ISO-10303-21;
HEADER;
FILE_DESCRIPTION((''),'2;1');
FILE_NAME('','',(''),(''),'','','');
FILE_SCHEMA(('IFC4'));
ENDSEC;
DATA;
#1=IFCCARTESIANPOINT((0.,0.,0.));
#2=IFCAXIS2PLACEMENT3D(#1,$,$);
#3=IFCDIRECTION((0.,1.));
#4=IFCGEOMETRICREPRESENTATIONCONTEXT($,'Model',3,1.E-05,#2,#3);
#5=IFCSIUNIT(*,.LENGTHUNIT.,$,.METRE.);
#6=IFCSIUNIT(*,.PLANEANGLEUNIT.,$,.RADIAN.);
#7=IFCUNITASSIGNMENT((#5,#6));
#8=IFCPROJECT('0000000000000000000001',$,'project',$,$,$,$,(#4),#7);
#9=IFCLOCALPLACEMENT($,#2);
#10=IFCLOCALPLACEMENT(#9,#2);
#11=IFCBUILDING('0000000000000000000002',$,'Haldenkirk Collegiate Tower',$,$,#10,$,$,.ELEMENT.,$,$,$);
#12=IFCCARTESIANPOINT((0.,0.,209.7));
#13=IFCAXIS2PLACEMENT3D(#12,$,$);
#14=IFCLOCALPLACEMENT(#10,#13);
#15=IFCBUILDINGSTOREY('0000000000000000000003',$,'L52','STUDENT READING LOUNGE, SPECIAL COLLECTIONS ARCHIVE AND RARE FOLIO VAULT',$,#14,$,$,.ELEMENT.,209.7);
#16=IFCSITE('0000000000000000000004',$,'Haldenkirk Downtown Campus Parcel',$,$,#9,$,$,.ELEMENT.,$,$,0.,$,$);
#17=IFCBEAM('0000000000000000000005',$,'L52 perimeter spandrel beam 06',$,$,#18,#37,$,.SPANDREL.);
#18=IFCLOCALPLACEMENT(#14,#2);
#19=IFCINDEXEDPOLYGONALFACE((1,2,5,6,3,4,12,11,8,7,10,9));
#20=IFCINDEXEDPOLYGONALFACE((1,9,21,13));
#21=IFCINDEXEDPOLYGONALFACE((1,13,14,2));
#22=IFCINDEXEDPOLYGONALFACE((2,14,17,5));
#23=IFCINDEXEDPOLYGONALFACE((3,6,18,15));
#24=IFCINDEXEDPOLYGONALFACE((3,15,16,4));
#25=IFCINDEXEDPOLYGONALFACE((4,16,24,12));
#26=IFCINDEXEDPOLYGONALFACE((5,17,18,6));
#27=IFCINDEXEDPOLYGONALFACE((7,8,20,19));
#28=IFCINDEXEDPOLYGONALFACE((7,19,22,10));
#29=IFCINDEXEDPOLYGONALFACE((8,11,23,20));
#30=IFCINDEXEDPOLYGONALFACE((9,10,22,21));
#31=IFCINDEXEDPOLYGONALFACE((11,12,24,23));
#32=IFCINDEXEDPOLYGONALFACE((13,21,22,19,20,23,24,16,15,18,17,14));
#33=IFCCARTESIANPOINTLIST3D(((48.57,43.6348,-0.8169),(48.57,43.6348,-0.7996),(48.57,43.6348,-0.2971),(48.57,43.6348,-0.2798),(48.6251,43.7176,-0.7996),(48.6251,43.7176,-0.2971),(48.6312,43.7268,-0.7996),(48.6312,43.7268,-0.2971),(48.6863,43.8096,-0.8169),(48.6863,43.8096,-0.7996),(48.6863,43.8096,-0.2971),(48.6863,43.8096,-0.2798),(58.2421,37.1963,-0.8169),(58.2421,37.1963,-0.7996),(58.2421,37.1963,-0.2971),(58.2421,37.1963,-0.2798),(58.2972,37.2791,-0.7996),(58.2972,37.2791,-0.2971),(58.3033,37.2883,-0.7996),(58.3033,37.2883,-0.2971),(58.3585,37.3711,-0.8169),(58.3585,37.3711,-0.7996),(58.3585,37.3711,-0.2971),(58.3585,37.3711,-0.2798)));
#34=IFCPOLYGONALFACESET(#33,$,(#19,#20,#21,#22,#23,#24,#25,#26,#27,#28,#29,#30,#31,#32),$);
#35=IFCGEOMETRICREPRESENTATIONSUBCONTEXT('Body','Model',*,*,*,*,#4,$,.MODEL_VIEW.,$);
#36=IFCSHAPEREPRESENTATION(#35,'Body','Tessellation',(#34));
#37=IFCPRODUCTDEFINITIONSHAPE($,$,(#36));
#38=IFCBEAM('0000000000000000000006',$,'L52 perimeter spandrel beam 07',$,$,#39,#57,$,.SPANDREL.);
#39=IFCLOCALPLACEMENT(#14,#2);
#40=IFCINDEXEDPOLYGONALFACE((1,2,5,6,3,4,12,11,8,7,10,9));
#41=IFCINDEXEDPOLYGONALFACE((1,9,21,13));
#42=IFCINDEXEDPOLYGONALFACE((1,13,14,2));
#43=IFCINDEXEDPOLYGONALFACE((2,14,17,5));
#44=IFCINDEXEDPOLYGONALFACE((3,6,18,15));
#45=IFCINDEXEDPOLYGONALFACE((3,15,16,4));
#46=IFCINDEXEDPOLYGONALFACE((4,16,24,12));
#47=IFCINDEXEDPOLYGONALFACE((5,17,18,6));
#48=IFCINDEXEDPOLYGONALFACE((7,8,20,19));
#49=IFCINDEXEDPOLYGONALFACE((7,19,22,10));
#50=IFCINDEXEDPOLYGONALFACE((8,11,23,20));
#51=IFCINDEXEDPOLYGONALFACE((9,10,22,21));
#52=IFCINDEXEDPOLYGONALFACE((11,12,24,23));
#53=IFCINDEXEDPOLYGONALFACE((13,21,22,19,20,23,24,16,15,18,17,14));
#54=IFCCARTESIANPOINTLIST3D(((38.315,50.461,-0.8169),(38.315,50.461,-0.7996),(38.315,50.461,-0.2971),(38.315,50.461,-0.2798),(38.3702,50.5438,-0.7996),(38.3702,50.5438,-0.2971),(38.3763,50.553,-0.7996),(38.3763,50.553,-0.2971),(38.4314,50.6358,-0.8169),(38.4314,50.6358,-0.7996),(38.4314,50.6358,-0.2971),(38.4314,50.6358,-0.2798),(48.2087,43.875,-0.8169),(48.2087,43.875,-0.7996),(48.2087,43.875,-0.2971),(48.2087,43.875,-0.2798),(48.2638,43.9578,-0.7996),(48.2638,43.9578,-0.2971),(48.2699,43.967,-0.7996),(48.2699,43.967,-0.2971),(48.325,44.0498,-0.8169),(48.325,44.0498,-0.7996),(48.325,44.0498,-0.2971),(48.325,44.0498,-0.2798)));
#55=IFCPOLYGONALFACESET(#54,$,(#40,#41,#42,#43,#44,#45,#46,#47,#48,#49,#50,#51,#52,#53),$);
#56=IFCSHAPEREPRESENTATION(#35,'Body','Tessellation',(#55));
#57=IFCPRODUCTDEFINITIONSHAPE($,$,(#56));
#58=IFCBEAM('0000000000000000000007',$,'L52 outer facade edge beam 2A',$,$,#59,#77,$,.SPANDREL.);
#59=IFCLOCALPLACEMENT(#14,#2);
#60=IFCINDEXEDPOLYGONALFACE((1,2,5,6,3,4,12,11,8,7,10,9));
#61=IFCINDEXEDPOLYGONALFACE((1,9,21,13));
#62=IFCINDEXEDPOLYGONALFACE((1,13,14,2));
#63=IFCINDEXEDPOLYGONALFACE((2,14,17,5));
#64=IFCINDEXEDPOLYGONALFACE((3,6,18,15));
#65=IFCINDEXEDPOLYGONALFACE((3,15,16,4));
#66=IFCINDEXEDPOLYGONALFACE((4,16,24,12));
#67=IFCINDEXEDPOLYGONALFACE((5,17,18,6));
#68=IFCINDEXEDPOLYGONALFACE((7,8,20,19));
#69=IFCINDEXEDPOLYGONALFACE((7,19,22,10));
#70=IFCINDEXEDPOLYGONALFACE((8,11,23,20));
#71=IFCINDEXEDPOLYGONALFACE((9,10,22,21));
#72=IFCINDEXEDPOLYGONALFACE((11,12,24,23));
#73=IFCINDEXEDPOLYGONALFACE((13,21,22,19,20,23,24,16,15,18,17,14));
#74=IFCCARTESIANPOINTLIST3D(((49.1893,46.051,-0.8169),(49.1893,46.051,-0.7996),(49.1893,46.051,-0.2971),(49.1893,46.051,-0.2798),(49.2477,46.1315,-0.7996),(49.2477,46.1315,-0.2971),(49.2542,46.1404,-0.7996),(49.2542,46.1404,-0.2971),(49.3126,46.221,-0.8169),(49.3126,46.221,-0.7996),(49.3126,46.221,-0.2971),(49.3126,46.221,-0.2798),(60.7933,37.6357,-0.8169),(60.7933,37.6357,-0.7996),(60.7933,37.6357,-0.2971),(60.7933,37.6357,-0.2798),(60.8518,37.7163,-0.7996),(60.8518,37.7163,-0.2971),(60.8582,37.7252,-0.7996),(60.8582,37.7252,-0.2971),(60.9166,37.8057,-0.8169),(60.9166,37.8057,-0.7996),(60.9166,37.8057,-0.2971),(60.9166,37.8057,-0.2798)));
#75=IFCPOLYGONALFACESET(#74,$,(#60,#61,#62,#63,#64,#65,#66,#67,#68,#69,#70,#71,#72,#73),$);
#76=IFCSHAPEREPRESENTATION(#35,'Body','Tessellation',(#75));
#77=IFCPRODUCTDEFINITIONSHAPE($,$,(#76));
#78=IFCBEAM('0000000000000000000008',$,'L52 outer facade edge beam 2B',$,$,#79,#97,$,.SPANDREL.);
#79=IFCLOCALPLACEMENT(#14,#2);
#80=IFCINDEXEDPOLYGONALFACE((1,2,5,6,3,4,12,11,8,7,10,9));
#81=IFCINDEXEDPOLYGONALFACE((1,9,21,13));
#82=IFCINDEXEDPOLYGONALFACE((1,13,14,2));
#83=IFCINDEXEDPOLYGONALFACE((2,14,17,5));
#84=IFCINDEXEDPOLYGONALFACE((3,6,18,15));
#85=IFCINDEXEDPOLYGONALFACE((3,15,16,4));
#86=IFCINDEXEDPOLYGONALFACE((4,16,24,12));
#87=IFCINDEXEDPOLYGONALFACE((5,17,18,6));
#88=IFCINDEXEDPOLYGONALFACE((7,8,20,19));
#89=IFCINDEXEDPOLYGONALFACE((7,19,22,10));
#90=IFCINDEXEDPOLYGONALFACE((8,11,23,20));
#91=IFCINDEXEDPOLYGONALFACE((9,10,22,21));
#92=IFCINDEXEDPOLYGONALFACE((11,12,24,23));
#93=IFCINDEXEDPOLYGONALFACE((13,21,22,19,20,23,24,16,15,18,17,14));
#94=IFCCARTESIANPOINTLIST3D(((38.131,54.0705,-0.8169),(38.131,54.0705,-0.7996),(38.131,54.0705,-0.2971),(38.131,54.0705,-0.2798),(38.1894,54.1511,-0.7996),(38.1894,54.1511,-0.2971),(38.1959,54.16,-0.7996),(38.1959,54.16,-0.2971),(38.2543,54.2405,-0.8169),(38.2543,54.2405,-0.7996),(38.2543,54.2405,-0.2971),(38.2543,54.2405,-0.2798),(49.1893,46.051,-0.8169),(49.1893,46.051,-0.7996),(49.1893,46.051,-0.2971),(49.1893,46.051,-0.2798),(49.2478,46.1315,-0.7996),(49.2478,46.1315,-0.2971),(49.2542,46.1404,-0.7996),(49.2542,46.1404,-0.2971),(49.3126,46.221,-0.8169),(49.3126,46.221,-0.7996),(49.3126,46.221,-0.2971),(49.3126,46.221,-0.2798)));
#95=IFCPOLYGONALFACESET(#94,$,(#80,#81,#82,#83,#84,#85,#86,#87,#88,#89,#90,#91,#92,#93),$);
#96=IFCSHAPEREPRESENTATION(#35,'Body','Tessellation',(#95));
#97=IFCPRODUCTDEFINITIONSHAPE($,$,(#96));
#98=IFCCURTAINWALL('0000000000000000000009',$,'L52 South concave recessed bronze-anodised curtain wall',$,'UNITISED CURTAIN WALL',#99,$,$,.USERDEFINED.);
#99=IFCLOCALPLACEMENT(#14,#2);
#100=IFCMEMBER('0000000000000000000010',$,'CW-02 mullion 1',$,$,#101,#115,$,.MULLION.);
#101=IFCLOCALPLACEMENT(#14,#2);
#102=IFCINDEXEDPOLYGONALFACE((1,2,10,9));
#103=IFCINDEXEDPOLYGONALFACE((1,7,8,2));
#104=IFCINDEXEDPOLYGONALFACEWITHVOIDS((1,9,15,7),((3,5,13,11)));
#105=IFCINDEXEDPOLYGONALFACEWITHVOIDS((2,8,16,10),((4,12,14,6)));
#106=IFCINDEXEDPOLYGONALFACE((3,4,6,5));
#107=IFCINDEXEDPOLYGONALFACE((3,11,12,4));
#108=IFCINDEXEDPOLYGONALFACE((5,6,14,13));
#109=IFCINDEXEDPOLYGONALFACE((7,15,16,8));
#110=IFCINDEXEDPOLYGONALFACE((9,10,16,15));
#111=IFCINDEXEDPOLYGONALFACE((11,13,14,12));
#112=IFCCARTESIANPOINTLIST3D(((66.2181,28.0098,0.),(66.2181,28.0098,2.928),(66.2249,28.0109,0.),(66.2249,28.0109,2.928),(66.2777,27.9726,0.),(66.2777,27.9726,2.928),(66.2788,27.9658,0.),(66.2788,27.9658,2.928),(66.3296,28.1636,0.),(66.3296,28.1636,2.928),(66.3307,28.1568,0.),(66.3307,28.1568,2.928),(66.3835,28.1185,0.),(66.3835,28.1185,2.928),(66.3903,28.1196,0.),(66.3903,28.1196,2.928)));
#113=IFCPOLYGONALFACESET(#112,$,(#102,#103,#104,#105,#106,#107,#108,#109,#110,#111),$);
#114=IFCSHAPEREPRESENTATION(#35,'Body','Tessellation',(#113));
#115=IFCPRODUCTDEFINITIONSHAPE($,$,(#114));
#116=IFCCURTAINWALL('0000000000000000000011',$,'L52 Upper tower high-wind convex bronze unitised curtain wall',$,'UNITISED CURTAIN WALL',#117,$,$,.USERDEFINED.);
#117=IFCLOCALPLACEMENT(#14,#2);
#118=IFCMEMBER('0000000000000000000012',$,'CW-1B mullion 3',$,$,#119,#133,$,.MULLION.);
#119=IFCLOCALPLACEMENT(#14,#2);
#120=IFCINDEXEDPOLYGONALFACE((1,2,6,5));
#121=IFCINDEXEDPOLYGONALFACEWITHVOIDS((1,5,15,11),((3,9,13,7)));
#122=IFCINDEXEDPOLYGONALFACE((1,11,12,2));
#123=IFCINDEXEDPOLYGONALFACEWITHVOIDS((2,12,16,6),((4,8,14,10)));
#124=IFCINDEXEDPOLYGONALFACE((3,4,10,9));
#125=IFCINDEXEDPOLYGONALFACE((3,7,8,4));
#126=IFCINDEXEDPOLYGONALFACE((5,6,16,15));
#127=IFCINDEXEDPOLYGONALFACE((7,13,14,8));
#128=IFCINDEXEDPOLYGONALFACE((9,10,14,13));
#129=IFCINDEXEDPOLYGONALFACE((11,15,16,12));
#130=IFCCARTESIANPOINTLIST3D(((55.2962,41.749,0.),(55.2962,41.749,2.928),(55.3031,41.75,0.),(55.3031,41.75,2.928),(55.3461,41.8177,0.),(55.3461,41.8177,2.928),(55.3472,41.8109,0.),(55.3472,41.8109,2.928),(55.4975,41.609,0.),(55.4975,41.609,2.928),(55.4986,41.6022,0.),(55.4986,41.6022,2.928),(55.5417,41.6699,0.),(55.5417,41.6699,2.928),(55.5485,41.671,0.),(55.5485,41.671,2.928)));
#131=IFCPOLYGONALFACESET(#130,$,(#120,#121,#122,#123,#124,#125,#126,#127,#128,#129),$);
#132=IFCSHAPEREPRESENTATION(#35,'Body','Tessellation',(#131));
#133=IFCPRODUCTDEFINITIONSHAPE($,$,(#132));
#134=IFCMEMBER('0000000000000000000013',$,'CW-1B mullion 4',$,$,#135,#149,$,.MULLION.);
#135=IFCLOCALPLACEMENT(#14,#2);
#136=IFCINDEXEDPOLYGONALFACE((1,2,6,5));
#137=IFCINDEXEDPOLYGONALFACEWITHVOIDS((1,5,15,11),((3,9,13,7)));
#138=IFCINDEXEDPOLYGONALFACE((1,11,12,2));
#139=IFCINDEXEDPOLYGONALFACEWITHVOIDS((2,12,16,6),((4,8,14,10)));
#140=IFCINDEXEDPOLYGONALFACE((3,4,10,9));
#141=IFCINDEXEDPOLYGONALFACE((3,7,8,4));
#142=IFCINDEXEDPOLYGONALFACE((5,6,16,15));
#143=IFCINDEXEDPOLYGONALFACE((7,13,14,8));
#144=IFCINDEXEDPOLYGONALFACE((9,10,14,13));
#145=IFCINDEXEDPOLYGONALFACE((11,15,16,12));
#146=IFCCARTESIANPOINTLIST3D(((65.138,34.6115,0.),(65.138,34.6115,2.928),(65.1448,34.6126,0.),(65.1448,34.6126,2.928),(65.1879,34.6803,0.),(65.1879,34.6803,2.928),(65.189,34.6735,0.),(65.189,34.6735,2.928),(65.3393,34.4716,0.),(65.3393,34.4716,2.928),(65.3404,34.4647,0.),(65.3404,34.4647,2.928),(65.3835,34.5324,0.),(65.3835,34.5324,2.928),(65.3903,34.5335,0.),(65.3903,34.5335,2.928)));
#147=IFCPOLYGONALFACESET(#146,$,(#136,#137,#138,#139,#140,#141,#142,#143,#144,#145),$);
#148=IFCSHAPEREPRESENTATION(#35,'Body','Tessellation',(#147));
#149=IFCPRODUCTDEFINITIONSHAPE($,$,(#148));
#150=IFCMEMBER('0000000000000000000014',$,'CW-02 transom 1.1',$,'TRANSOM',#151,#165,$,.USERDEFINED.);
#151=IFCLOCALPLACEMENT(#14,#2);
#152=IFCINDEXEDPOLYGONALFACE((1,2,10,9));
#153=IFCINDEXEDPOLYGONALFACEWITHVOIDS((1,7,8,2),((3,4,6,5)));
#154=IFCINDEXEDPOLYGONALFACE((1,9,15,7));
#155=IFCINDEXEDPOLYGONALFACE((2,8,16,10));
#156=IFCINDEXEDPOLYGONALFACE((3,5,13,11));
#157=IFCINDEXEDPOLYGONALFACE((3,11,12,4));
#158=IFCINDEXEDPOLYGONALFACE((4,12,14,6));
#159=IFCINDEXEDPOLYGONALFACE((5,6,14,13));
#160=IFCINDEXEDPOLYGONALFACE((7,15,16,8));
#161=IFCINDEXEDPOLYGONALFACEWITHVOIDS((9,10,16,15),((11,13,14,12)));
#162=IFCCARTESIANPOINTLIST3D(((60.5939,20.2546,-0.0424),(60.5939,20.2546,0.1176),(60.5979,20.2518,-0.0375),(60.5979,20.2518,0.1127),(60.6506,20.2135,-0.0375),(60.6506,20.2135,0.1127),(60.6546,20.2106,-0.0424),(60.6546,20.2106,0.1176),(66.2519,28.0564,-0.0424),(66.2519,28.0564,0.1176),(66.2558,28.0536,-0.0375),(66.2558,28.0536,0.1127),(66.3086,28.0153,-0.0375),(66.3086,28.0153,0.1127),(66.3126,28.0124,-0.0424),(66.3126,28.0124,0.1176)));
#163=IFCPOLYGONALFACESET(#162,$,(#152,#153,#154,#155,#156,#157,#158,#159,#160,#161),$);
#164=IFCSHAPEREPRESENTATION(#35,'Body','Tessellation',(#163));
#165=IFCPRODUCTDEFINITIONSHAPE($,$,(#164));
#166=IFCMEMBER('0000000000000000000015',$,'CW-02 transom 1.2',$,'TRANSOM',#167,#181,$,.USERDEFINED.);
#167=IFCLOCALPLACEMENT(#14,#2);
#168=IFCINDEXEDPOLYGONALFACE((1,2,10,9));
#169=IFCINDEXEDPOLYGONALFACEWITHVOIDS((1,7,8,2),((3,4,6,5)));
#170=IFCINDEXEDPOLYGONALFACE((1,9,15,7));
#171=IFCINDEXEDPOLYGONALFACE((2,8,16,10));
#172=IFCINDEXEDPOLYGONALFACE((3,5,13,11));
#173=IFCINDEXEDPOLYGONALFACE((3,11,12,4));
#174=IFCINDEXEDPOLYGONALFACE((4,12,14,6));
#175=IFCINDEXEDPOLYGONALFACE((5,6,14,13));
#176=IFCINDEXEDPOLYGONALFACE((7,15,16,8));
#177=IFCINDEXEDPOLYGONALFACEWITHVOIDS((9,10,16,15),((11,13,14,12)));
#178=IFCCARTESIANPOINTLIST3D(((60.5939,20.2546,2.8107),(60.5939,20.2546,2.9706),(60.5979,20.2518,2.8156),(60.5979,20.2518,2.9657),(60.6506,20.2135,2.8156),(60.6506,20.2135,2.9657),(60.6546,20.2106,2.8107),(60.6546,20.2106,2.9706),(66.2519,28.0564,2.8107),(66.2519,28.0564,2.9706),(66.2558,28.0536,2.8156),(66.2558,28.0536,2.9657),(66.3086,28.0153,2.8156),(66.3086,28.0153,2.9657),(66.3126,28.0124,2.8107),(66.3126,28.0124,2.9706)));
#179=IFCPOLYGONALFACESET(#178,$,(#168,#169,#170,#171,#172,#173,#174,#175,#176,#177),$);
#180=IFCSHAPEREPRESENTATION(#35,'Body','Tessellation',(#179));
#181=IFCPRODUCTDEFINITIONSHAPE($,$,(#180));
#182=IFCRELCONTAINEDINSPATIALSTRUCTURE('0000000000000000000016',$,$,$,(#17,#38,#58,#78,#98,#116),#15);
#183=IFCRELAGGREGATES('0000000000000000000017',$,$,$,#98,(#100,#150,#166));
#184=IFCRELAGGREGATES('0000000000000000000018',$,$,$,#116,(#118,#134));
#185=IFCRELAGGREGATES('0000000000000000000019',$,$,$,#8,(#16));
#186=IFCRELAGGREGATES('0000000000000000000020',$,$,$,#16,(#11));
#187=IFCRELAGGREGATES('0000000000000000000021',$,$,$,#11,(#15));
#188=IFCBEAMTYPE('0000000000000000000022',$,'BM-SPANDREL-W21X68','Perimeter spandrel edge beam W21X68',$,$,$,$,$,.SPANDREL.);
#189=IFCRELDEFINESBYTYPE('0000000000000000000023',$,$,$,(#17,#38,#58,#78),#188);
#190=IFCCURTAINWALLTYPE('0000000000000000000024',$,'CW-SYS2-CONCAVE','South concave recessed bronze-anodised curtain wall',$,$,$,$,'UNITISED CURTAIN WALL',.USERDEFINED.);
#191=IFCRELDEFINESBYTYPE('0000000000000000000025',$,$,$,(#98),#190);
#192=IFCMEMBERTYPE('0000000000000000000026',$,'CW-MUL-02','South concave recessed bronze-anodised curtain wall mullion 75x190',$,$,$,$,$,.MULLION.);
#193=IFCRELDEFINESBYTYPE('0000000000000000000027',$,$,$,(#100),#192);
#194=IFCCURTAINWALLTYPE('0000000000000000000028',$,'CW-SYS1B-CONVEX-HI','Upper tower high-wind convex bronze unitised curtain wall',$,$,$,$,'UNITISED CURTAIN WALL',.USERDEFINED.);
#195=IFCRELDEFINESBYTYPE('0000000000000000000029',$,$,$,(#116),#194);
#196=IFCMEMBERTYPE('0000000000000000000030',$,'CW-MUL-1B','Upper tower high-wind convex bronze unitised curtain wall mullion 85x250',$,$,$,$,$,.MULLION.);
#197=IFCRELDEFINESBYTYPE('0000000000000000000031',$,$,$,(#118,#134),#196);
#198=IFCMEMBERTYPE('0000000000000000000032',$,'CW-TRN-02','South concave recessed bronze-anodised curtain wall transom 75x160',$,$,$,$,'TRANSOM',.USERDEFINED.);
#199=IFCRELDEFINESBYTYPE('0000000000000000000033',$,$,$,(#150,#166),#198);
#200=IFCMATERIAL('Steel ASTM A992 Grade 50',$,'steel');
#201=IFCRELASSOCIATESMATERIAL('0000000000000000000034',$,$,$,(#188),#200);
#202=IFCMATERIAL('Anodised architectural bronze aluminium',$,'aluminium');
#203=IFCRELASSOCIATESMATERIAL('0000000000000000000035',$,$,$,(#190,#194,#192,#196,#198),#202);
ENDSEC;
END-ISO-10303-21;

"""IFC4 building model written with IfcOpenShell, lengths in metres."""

from ifc_helpers import new_model, si_unit, direction, frame, origin, origin_2d, place, context, subcontext, project, spatial, hollow_rectangle, i_section, extrude, material, material_profile, profile_set, type_object, element, aggregate, save


model = new_model("IFC4")

# Units and contexts
model_context = context("Model", 3, precision=1e-05, world=origin(), true_north=direction((0.0, 1.0)))
body_context = subcontext(model_context, "Body", "Model", "MODEL_VIEW")
ifc_project = project(units=[si_unit("LENGTHUNIT", "METRE"), si_unit("PLANEANGLEUNIT", "RADIAN")], contexts=[model_context])

# Site, building, storey
site_placement = place(None, origin())
site = spatial("IfcSite", under=ifc_project, at=site_placement, Name="Haldenkirk Downtown Campus Parcel", CompositionType="ELEMENT", RefElevation=0.0)
building_placement = place(site_placement, origin())
building = spatial("IfcBuilding", under=site, at=building_placement, Name="Haldenkirk Collegiate Tower", CompositionType="ELEMENT")
storey_placement = place(building_placement, frame((0.0, 0.0, 209.7)))
storey = spatial("IfcBuildingStorey", under=building, at=storey_placement, Name="L52", Description="STUDENT READING LOUNGE, SPECIAL COLLECTIONS ARCHIVE AND RARE FOLIO VAULT", CompositionType="ELEMENT", Elevation=209.7)

# Beams
ifc_material_1 = material(Name="Steel ASTM A992 Grade 50", Category="steel")
ifc_material_profile_1 = material_profile(ifc_material_1, i_section(OverallWidth=0.21, OverallDepth=0.5371, WebThickness=0.011, FlangeThickness=0.0173, at=origin_2d()), Name="W21X68")
ifc_profile_set_1 = profile_set([ifc_material_profile_1], Name="Steel ASTM A992 Grade 50")
beam_type_1 = type_object("IfcBeamType", Name="BM-SPANDREL-W21X68", Description="Perimeter spandrel edge beam W21X68", PredefinedType="SPANDREL", material=ifc_profile_set_1)
beam_1_placement = place(storey_placement, frame((58.3003, 37.2837, -0.5483), z_axis=(-0.832432, 0.554128, 0.0), x_axis=(-0.554128, -0.832432, 0.0)))
element("IfcBeam", 1, at=beam_1_placement, inside=storey, type_object=beam_type_1, Name="L52 perimeter spandrel beam 06", PredefinedType="SPANDREL", context=body_context, shape_type="SweptSolid", body=[
    extrude(i_section(OverallWidth=0.21, OverallDepth=0.5371, WebThickness=0.011, FlangeThickness=0.0173, at=origin_2d()), origin(), (0.0, 0.0, 1.0), 11.6191),
])
beam_2_placement = place(storey_placement, frame((48.2668, 43.9624, -0.5483), z_axis=(-0.832429, 0.554131, 0.0), x_axis=(-0.554131, -0.832429, 0.0)))
element("IfcBeam", 2, at=beam_2_placement, inside=storey, type_object=beam_type_1, Name="L52 perimeter spandrel beam 07", PredefinedType="SPANDREL", context=body_context, shape_type="SweptSolid", body=[
    extrude(i_section(OverallWidth=0.21, OverallDepth=0.5371, WebThickness=0.011, FlangeThickness=0.0173, at=origin_2d()), origin(), (0.0, 0.0, 1.0), 11.8853),
])
beam_3_placement = place(storey_placement, frame((60.855, 37.7207, -0.5483), z_axis=(-0.809532, 0.587076, 0.0), x_axis=(-0.587076, -0.809532, 0.0)))
element("IfcBeam", 3, at=beam_3_placement, inside=storey, type_object=beam_type_1, Name="L52 outer facade edge beam 2A", PredefinedType="SPANDREL", context=body_context, shape_type="SweptSolid", body=[
    extrude(i_section(OverallWidth=0.21, OverallDepth=0.5371, WebThickness=0.011, FlangeThickness=0.0173, at=origin_2d()), origin(), (0.0, 0.0, 1.0), 14.3342),
])
beam_4_placement = place(storey_placement, frame((49.251, 46.136, -0.5483), z_axis=(-0.809533, 0.587074, 0.0), x_axis=(-0.587074, -0.809533, 0.0)))
element("IfcBeam", 4, at=beam_4_placement, inside=storey, type_object=beam_type_1, Name="L52 outer facade edge beam 2B", PredefinedType="SPANDREL", context=body_context, shape_type="SweptSolid", body=[
    extrude(i_section(OverallWidth=0.21, OverallDepth=0.5371, WebThickness=0.011, FlangeThickness=0.0173, at=origin_2d()), origin(), (0.0, 0.0, 1.0), 13.6602),
])

# Curtain wall, member
ifc_material_2 = material(Name="Anodised architectural bronze aluminium", Category="aluminium")
curtain_wall_type_1 = type_object("IfcCurtainWallType", Name="CW-SYS2-CONCAVE", Description="South concave recessed bronze-anodised curtain wall", ElementType="UNITISED CURTAIN WALL", PredefinedType="USERDEFINED", material=ifc_material_2)
curtain_wall_1_placement = place(storey_placement, origin())
curtain_wall_1 = element("IfcCurtainWall", 5, at=curtain_wall_1_placement, inside=storey, type_object=curtain_wall_type_1, Name="L52 South concave recessed bronze-anodised curtain wall", ObjectType="UNITISED CURTAIN WALL", PredefinedType="USERDEFINED")
ifc_material_profile_2 = material_profile(ifc_material_2, hollow_rectangle(XDim=0.075, YDim=0.1899, WallThickness=0.0049, at=origin_2d()), Name="CW-MUL-02")
ifc_profile_set_2 = profile_set([ifc_material_profile_2], Name="Anodised architectural bronze aluminium")
member_type_1 = type_object("IfcMemberType", Name="CW-MUL-02", Description="South concave recessed bronze-anodised curtain wall mullion 75x190", PredefinedType="MULLION", material=ifc_profile_set_2)
member_1_placement = place(storey_placement, frame((66.3042, 28.0647, 0.0), z_axis=(0.0, 0.0, 1.0), x_axis=(0.809529, -0.58708, 0.0)))
member_1 = element("IfcMember", 6, at=member_1_placement, type_object=member_type_1, Name="CW-02 mullion 1", PredefinedType="MULLION", context=body_context, shape_type="SweptSolid", body=[
    extrude(hollow_rectangle(XDim=0.075, YDim=0.1899, WallThickness=0.0049, at=origin_2d()), origin(), (0.0, 0.0, 1.0), 2.928),
])

# Curtain wall, members
curtain_wall_type_2 = type_object("IfcCurtainWallType", Name="CW-SYS1B-CONVEX-HI", Description="Upper tower high-wind convex bronze unitised curtain wall", ElementType="UNITISED CURTAIN WALL", PredefinedType="USERDEFINED", material=ifc_material_2)
curtain_wall_2_placement = place(storey_placement, origin())
curtain_wall_2 = element("IfcCurtainWall", 7, at=curtain_wall_2_placement, inside=storey, type_object=curtain_wall_type_2, Name="L52 Upper tower high-wind convex bronze unitised curtain wall", ObjectType="UNITISED CURTAIN WALL", PredefinedType="USERDEFINED")
ifc_material_profile_3 = material_profile(ifc_material_2, hollow_rectangle(XDim=0.085, YDim=0.25, WallThickness=0.0049, at=origin_2d()), Name="CW-MUL-1B")
ifc_profile_set_3 = profile_set([ifc_material_profile_3], Name="Anodised architectural bronze aluminium")
member_type_2 = type_object("IfcMemberType", Name="CW-MUL-1B", Description="Upper tower high-wind convex bronze unitised curtain wall mullion 85x250", PredefinedType="MULLION", material=ifc_profile_set_3)
member_2_placement = place(storey_placement, frame((55.4224, 41.71, 0.0), z_axis=(0.0, 0.0, 1.0), x_axis=(0.58708, 0.809529, 0.0)))
member_2 = element("IfcMember", 8, at=member_2_placement, type_object=member_type_2, Name="CW-1B mullion 3", PredefinedType="MULLION", context=body_context, shape_type="SweptSolid", body=[
    extrude(hollow_rectangle(XDim=0.085, YDim=0.25, WallThickness=0.0049, at=origin_2d()), origin(), (0.0, 0.0, 1.0), 2.928),
])
member_3_placement = place(storey_placement, frame((65.2642, 34.5725, 0.0), z_axis=(0.0, 0.0, 1.0), x_axis=(0.58708, 0.809529, 0.0)))
member_3 = element("IfcMember", 9, at=member_3_placement, type_object=member_type_2, Name="CW-1B mullion 4", PredefinedType="MULLION", context=body_context, shape_type="SweptSolid", body=[
    extrude(hollow_rectangle(XDim=0.085, YDim=0.25, WallThickness=0.0049, at=origin_2d()), origin(), (0.0, 0.0, 1.0), 2.928),
])

# Members
ifc_material_profile_4 = material_profile(ifc_material_2, hollow_rectangle(XDim=0.075, YDim=0.1599, WallThickness=0.0049, at=origin_2d()), Name="CW-TRN-02")
ifc_profile_set_4 = profile_set([ifc_material_profile_4], Name="Anodised architectural bronze aluminium")
member_type_3 = type_object("IfcMemberType", Name="CW-TRN-02", Description="South concave recessed bronze-anodised curtain wall transom 75x160", ElementType="TRANSOM", PredefinedType="USERDEFINED", material=ifc_profile_set_4)
member_4_placement = place(storey_placement, frame((66.2822, 28.0344, 0.0376), z_axis=(-0.587082, -0.809527, 0.0), x_axis=(0.809527, -0.587082, 0.0)))
member_4 = element("IfcMember", 10, at=member_4_placement, type_object=member_type_3, Name="CW-02 transom 1.1", ObjectType="TRANSOM", PredefinedType="USERDEFINED", context=body_context, shape_type="SweptSolid", body=[
    extrude(hollow_rectangle(XDim=0.075, YDim=0.1599, WallThickness=0.0049, at=origin_2d()), origin(), (0.0, 0.0, 1.0), 9.6375),
])
member_5_placement = place(storey_placement, frame((66.2822, 28.0344, 2.8906), z_axis=(-0.587082, -0.809527, 0.0), x_axis=(0.809527, -0.587082, 0.0)))
member_5 = element("IfcMember", 11, at=member_5_placement, type_object=member_type_3, Name="CW-02 transom 1.2", ObjectType="TRANSOM", PredefinedType="USERDEFINED", context=body_context, shape_type="SweptSolid", body=[
    extrude(hollow_rectangle(XDim=0.075, YDim=0.1599, WallThickness=0.0049, at=origin_2d()), origin(), (0.0, 0.0, 1.0), 9.6375),
])
aggregate(curtain_wall_1, [member_1, member_4, member_5])

aggregate(curtain_wall_2, [member_2, member_3])

save(model, "model.ifc")
